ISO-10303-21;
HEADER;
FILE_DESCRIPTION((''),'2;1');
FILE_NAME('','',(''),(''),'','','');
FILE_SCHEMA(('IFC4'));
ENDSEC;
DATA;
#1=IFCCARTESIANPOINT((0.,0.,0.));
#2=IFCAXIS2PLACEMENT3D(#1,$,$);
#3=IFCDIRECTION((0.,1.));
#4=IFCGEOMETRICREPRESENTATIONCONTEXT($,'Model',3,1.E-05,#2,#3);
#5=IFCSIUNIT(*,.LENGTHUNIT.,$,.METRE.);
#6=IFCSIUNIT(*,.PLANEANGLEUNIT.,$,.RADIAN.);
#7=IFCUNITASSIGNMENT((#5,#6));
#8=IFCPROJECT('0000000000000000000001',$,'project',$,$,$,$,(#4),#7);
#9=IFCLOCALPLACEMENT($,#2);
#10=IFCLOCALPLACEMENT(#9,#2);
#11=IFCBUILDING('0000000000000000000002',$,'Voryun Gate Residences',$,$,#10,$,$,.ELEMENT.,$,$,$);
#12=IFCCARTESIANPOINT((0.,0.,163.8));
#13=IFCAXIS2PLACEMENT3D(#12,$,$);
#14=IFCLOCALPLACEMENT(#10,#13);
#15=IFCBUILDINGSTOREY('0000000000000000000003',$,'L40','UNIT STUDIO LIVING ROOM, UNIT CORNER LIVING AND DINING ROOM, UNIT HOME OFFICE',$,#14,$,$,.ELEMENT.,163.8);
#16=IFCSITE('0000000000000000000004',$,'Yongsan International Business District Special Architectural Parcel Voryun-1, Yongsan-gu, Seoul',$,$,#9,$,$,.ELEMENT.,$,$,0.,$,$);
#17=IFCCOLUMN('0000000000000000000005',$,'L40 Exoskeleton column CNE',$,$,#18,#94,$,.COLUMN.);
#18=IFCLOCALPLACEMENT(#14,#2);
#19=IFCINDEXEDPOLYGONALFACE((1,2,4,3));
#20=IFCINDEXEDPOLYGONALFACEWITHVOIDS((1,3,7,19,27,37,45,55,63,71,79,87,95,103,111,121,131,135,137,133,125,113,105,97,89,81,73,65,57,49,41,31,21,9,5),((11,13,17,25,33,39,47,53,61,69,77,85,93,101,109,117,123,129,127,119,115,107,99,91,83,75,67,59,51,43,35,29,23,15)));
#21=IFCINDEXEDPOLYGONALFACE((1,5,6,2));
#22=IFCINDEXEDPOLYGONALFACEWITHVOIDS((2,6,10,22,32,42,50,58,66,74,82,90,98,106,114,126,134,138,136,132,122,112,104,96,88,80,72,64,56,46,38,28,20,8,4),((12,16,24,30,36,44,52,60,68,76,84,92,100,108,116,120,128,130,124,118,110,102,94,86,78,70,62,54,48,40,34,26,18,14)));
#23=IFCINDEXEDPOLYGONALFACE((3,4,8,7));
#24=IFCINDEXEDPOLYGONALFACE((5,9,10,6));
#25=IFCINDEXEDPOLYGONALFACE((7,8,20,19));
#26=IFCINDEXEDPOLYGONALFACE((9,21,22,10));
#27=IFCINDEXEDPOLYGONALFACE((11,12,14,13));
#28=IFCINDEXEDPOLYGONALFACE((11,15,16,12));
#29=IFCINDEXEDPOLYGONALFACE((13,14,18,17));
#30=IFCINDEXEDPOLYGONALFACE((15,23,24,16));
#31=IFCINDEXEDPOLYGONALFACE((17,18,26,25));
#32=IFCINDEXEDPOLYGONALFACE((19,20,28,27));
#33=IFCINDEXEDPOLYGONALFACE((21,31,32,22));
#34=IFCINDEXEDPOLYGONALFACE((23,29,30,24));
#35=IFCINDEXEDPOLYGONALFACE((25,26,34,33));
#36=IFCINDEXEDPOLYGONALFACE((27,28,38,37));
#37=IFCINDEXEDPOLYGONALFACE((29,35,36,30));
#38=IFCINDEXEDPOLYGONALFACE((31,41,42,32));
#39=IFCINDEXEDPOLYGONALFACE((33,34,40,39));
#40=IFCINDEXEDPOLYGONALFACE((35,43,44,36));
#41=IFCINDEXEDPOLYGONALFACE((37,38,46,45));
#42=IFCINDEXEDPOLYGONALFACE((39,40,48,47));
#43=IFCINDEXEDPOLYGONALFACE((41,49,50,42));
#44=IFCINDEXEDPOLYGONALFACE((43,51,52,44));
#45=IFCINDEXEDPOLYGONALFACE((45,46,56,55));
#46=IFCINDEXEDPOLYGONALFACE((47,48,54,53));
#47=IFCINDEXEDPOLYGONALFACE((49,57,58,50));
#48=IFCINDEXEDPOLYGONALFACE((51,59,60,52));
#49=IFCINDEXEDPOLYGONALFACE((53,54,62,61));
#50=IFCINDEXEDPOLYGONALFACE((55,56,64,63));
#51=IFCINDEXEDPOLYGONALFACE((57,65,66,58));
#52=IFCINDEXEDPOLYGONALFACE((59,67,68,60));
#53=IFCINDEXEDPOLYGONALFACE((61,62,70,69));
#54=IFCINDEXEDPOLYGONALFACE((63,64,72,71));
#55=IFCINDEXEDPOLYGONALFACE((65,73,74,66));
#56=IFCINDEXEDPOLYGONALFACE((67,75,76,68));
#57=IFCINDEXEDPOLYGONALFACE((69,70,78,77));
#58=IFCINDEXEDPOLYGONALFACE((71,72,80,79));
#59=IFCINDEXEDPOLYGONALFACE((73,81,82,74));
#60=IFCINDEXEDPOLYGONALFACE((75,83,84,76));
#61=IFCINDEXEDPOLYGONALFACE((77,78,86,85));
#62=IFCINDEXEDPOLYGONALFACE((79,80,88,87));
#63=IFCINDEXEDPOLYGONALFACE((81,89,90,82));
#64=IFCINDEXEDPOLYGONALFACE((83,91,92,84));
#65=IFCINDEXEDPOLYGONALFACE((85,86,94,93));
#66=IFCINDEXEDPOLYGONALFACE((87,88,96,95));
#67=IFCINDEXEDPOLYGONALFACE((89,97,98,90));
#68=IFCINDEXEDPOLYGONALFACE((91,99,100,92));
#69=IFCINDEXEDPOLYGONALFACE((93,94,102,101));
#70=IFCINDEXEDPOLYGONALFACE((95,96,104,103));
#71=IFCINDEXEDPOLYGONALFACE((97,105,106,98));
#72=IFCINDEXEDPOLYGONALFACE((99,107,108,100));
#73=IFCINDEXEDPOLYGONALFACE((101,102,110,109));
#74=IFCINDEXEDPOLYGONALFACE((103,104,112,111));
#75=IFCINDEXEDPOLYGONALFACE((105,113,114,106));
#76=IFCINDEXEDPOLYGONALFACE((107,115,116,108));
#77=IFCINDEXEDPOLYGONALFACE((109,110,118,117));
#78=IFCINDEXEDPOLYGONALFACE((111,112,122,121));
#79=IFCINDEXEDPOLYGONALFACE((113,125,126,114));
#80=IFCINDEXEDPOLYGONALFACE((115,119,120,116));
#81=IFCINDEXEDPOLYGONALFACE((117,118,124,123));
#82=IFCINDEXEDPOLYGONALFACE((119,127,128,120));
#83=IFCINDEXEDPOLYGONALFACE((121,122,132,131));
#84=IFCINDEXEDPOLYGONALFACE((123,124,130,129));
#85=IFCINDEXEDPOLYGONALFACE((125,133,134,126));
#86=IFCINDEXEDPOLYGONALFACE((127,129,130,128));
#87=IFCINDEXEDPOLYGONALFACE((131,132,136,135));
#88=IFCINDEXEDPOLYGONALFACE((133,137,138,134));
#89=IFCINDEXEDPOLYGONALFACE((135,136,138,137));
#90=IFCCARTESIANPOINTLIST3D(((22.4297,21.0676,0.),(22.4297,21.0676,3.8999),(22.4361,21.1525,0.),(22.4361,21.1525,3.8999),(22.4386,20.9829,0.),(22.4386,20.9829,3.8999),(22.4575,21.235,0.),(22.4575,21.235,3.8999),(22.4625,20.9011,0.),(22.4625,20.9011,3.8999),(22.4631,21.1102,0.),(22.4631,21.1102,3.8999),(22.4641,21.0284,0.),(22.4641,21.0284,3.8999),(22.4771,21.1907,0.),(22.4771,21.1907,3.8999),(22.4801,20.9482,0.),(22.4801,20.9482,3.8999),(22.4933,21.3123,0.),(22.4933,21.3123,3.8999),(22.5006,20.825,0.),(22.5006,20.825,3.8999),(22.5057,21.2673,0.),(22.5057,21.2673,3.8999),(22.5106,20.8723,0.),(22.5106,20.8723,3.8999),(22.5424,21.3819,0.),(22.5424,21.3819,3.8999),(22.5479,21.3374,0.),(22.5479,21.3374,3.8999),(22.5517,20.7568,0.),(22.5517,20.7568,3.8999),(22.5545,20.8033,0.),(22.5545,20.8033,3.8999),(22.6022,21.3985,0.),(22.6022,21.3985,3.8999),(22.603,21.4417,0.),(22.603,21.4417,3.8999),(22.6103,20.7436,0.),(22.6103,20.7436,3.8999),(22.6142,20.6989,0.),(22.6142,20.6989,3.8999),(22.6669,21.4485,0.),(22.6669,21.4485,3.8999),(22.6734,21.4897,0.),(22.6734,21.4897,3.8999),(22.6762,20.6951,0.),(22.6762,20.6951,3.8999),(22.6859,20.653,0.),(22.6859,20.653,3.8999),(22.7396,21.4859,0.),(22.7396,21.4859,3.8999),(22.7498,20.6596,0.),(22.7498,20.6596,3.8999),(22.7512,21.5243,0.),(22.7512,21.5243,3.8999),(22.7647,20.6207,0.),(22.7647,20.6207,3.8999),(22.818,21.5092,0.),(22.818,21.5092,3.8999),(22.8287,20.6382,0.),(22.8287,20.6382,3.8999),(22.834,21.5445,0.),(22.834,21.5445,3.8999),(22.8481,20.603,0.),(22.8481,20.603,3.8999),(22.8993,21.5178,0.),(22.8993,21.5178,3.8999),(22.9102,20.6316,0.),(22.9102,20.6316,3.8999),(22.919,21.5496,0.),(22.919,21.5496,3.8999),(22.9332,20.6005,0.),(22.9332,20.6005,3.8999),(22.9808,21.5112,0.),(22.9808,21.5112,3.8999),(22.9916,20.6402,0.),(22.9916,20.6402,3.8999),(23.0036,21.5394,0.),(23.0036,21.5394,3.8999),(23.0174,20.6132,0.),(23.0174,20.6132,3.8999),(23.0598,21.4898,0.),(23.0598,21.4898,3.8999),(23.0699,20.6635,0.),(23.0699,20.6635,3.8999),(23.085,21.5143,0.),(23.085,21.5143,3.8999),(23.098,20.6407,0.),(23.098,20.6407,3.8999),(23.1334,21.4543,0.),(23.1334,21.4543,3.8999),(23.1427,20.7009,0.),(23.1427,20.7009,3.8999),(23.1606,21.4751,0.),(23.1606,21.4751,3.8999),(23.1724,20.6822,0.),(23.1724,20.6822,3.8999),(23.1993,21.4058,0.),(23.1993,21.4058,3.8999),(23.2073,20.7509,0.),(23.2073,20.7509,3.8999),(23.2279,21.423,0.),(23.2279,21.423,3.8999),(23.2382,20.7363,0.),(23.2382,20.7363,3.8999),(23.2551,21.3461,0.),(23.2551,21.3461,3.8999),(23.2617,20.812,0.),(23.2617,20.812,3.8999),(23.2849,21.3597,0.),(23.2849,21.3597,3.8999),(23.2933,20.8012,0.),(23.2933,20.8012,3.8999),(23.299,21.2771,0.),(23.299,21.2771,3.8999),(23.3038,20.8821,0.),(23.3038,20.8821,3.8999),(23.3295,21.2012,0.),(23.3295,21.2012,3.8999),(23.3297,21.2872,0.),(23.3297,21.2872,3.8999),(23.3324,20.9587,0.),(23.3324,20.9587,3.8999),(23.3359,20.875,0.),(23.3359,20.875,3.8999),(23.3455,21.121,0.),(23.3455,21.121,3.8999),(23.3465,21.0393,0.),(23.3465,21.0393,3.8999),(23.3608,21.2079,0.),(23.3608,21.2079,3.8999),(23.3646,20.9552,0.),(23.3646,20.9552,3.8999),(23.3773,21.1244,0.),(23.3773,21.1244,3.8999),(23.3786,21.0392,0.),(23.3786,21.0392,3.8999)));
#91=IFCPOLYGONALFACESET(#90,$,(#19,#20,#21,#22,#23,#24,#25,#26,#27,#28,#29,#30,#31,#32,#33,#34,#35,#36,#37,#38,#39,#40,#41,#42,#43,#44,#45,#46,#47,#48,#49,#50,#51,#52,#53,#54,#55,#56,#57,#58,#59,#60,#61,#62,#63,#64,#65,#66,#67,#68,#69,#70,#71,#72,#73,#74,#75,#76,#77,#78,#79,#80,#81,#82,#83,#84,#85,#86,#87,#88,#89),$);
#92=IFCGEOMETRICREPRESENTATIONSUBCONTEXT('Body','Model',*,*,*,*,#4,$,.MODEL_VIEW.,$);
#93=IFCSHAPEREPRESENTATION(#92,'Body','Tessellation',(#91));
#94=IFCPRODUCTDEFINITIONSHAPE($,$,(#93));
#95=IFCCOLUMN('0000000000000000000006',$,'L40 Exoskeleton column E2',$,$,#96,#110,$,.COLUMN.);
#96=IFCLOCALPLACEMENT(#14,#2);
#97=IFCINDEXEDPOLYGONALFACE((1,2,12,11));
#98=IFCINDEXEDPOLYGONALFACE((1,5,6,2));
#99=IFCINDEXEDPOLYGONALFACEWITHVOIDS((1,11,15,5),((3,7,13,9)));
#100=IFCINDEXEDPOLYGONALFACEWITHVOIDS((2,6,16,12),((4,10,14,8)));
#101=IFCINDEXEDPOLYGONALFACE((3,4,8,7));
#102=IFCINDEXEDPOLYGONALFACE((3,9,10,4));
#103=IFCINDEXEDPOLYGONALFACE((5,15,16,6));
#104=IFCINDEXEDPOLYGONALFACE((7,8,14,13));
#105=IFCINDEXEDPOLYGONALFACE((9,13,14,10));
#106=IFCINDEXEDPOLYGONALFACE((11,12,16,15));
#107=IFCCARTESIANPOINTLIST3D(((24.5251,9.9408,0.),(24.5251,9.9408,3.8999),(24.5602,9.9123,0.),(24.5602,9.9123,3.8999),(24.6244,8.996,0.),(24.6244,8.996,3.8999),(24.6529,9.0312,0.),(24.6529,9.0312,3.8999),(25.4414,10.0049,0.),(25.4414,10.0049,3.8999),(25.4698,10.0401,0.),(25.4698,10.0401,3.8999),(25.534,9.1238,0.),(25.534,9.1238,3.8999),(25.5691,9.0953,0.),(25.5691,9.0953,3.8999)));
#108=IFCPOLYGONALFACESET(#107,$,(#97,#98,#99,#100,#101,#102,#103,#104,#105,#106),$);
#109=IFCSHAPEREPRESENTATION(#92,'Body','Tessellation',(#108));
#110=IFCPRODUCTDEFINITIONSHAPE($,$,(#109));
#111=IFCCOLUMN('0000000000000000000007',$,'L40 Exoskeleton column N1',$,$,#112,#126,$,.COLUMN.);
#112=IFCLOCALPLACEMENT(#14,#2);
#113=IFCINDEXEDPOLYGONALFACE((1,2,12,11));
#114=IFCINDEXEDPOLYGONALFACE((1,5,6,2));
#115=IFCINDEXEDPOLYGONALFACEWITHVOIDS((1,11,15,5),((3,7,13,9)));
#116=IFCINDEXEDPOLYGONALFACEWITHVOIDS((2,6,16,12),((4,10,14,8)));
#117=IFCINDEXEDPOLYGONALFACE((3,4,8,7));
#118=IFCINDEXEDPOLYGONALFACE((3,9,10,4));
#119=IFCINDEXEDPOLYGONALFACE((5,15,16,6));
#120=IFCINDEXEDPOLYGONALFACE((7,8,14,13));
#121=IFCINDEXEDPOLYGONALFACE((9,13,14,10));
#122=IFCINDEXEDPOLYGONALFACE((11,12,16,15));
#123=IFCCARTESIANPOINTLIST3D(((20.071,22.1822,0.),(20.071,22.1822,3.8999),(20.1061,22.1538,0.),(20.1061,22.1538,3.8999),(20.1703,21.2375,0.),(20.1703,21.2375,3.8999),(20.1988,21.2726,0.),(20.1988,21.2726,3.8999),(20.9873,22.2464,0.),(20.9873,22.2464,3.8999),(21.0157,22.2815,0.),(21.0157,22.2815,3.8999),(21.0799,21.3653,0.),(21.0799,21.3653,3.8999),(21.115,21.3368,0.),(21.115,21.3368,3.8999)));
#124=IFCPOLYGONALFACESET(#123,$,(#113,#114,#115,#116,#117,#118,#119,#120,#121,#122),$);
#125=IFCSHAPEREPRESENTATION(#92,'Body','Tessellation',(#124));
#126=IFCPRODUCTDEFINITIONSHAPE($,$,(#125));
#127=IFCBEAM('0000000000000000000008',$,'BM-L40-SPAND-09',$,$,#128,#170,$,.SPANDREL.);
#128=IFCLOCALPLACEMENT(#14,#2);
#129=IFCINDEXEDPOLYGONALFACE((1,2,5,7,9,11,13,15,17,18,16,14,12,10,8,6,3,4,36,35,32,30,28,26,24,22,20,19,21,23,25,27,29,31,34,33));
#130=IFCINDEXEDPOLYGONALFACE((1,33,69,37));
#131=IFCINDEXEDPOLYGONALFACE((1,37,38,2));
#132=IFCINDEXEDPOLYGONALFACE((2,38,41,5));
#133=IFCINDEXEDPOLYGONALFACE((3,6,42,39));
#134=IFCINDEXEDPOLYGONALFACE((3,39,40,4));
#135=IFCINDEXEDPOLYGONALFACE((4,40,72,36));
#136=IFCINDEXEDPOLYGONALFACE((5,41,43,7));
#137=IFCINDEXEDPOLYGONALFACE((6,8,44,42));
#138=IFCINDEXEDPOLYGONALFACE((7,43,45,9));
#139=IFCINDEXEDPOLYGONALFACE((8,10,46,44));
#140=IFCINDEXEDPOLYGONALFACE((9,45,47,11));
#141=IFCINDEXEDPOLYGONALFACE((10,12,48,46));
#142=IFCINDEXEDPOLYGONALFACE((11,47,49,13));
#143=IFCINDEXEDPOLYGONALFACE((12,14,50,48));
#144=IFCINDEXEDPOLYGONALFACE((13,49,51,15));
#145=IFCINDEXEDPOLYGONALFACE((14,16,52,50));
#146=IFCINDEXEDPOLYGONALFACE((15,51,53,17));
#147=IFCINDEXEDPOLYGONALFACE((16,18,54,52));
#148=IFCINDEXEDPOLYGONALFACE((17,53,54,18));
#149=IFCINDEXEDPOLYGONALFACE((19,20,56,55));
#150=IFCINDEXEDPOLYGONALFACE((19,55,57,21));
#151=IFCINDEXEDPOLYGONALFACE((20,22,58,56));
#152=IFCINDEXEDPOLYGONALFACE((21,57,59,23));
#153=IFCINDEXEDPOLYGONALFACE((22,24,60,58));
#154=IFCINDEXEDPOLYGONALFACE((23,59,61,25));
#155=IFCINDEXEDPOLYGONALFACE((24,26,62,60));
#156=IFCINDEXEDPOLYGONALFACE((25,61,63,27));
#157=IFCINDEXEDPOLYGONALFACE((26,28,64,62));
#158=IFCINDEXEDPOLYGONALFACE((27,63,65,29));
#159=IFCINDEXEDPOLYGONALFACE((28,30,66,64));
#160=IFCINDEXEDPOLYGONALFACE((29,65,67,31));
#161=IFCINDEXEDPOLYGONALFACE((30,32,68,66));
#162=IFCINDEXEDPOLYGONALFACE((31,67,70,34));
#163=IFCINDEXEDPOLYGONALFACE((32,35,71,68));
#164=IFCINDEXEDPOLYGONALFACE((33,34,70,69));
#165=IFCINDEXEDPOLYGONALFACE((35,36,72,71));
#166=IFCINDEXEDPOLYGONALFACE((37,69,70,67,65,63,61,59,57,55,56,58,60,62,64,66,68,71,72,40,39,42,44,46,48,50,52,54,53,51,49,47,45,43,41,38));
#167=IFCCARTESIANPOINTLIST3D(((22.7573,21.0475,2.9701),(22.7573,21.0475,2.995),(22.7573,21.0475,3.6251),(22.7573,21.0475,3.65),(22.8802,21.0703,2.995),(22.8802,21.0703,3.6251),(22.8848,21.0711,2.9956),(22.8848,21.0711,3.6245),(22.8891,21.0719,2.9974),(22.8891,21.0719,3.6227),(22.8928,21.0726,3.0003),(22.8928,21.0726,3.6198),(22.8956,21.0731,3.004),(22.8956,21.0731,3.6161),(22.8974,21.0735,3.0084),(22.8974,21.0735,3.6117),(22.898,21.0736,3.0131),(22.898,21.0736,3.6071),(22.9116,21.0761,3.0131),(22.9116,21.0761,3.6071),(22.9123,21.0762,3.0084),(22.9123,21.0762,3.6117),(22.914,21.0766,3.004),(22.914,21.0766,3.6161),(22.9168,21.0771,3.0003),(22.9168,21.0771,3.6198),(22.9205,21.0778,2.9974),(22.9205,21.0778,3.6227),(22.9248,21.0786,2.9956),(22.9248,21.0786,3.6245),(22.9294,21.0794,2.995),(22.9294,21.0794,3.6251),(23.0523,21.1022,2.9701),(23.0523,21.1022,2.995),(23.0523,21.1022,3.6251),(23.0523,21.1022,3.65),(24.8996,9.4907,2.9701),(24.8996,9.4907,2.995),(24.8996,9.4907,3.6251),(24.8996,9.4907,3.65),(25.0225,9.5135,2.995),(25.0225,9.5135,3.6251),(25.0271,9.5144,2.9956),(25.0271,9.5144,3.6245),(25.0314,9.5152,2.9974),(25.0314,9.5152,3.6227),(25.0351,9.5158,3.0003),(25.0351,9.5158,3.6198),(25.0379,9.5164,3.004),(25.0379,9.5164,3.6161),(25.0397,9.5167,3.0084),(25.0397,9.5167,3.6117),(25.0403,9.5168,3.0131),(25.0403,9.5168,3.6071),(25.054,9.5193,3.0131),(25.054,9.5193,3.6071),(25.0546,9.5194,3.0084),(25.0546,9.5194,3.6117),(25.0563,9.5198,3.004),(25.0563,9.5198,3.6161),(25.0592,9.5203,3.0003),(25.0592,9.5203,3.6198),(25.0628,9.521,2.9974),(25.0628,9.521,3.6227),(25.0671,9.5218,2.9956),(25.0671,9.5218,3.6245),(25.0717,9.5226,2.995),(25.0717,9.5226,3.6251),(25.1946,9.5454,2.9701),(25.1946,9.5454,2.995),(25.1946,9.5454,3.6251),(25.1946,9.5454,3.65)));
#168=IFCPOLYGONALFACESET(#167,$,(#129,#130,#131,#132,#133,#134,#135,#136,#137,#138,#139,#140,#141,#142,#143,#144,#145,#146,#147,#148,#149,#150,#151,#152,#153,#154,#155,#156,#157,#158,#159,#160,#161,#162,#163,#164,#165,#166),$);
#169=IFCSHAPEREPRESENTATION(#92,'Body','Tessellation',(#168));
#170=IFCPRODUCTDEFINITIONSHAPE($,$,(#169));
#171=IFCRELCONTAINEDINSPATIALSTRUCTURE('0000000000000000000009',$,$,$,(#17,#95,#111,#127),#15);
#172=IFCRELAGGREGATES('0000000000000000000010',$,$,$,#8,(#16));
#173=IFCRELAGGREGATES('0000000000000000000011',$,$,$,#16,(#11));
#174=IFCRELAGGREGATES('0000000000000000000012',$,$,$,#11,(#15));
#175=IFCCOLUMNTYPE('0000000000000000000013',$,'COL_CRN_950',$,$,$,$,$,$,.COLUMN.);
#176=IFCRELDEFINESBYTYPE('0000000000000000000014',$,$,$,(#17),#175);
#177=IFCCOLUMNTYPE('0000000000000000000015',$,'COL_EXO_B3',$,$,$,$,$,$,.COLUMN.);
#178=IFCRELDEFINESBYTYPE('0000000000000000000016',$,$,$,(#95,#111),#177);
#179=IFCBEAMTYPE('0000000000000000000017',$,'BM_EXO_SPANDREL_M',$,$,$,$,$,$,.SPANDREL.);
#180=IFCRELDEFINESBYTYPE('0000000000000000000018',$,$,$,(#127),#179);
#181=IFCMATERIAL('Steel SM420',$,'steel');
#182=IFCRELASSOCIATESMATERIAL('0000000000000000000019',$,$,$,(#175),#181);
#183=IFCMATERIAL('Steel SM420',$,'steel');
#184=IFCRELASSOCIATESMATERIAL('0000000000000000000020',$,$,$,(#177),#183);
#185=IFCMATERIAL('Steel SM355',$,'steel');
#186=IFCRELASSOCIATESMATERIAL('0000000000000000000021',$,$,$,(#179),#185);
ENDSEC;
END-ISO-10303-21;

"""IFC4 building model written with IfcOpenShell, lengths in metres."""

from ifc_helpers import new_model, si_unit, direction, frame, origin, origin_2d, place, context, subcontext, project, spatial, hollow_rectangle, hollow_circle, i_section, extrude, material, material_profile, profile_set, type_object, element, save


model = new_model("IFC4")

# Units and contexts
model_context = context("Model", 3, precision=1e-05, world=origin(), true_north=direction((0.0, 1.0)))
body_context = subcontext(model_context, "Body", "Model", "MODEL_VIEW")
ifc_project = project(units=[si_unit("LENGTHUNIT", "METRE"), si_unit("PLANEANGLEUNIT", "RADIAN")], contexts=[model_context])

# Site, building, storey
site_placement = place(None, origin())
site = spatial("IfcSite", under=ifc_project, at=site_placement, Name="Yongsan International Business District Special Architectural Parcel Voryun-1, Yongsan-gu, Seoul", CompositionType="ELEMENT", RefElevation=0.0)
building_placement = place(site_placement, origin())
building = spatial("IfcBuilding", under=site, at=building_placement, Name="Voryun Gate Residences", CompositionType="ELEMENT")
storey_placement = place(building_placement, frame((0.0, 0.0, 163.8)))
storey = spatial("IfcBuildingStorey", under=building, at=storey_placement, Name="L40", Description="UNIT STUDIO LIVING ROOM, UNIT CORNER LIVING AND DINING ROOM, UNIT HOME OFFICE", CompositionType="ELEMENT", Elevation=163.8)

# Columns
ifc_material_1 = material(Name="Steel SM420", Category="steel")
ifc_material_profile_1 = material_profile(ifc_material_1, hollow_circle(Radius=0.4751, WallThickness=0.032, at=origin_2d()), Name="CHS-950x32")
ifc_profile_set_1 = profile_set([ifc_material_profile_1], Name="Steel SM420")
column_type_1 = type_object("IfcColumnType", Name="COL_CRN_950", PredefinedType="COLUMN", material=ifc_profile_set_1)
column_placement = place(storey_placement, frame((22.9048, 21.0747, 0.0), z_axis=(0.0, 0.0, 1.0), x_axis=(0.994522, 0.104528, 0.0)))
element("IfcColumn", 1, at=column_placement, inside=storey, type_object=column_type_1, Name="L40 Exoskeleton column CNE", PredefinedType="COLUMN", context=body_context, shape_type="SweptSolid", body=[
    extrude(hollow_circle(Radius=0.4751, WallThickness=0.032, at=origin_2d()), origin(), (0.0, 0.0, 1.0), 3.8999),
])
ifc_material_2 = material(Name="Steel SM420", Category="steel")
ifc_material_profile_2 = material_profile(ifc_material_2, hollow_rectangle(XDim=0.95, YDim=0.95, WallThickness=0.032, at=origin_2d()), Name="BOX-950x950x32")
ifc_profile_set_2 = profile_set([ifc_material_profile_2], Name="Steel SM420")
column_type_2 = type_object("IfcColumnType", Name="COL_EXO_B3", PredefinedType="COLUMN", material=ifc_profile_set_2)
for number, where, z_axis, x_axis, name in (
    (2, (25.0471, 9.5181, 0.0), (0.0, 0.0, 1.0), (0.994522, 0.104528, 0.0), "L40 Exoskeleton column E2"),
    (3, (20.593, 21.7595, 0.0), (0.0, 0.0, 1.0), (0.994522, 0.104528, 0.0), "L40 Exoskeleton column N1"),
):
    element("IfcColumn", number, at=place(storey_placement, frame(where, z_axis=z_axis, x_axis=x_axis)), inside=storey, type_object=column_type_2, Name=name, PredefinedType="COLUMN", context=body_context, shape_type="SweptSolid", body=[
        extrude(hollow_rectangle(XDim=0.95, YDim=0.95, WallThickness=0.032, at=origin_2d()), origin(), (0.0, 0.0, 1.0), 3.8999),
    ])

# Beam
ifc_material_3 = material(Name="Steel SM355", Category="steel")
ifc_material_profile_3 = material_profile(ifc_material_3, i_section(OverallWidth=0.3, OverallDepth=0.6799, WebThickness=0.0139, FlangeThickness=0.0249, FilletRadius=0.0181, at=origin_2d()), Name="H-680x300x14x25")
ifc_profile_set_3 = profile_set([ifc_material_profile_3], Name="Steel SM355")
beam_type_1 = type_object("IfcBeamType", Name="BM_EXO_SPANDREL_M", PredefinedType="SPANDREL", material=ifc_profile_set_3)
beam_1_placement = place(storey_placement, frame((25.0471, 9.5181, 3.3101), z_axis=(-0.182268, 0.983249, 0.0), x_axis=(-0.983249, -0.182268, 0.0)))
element("IfcBeam", 4, at=beam_1_placement, inside=storey, type_object=beam_type_1, Name="BM-L40-SPAND-09", PredefinedType="SPANDREL", context=body_context, shape_type="SweptSolid", body=[
    extrude(i_section(OverallWidth=0.3, OverallDepth=0.6799, WebThickness=0.0139, FlangeThickness=0.0249, FilletRadius=0.0181, at=origin_2d()), origin(), (0.0, 0.0, 1.0), 11.7537),
])

save(model, "model.ifc")
